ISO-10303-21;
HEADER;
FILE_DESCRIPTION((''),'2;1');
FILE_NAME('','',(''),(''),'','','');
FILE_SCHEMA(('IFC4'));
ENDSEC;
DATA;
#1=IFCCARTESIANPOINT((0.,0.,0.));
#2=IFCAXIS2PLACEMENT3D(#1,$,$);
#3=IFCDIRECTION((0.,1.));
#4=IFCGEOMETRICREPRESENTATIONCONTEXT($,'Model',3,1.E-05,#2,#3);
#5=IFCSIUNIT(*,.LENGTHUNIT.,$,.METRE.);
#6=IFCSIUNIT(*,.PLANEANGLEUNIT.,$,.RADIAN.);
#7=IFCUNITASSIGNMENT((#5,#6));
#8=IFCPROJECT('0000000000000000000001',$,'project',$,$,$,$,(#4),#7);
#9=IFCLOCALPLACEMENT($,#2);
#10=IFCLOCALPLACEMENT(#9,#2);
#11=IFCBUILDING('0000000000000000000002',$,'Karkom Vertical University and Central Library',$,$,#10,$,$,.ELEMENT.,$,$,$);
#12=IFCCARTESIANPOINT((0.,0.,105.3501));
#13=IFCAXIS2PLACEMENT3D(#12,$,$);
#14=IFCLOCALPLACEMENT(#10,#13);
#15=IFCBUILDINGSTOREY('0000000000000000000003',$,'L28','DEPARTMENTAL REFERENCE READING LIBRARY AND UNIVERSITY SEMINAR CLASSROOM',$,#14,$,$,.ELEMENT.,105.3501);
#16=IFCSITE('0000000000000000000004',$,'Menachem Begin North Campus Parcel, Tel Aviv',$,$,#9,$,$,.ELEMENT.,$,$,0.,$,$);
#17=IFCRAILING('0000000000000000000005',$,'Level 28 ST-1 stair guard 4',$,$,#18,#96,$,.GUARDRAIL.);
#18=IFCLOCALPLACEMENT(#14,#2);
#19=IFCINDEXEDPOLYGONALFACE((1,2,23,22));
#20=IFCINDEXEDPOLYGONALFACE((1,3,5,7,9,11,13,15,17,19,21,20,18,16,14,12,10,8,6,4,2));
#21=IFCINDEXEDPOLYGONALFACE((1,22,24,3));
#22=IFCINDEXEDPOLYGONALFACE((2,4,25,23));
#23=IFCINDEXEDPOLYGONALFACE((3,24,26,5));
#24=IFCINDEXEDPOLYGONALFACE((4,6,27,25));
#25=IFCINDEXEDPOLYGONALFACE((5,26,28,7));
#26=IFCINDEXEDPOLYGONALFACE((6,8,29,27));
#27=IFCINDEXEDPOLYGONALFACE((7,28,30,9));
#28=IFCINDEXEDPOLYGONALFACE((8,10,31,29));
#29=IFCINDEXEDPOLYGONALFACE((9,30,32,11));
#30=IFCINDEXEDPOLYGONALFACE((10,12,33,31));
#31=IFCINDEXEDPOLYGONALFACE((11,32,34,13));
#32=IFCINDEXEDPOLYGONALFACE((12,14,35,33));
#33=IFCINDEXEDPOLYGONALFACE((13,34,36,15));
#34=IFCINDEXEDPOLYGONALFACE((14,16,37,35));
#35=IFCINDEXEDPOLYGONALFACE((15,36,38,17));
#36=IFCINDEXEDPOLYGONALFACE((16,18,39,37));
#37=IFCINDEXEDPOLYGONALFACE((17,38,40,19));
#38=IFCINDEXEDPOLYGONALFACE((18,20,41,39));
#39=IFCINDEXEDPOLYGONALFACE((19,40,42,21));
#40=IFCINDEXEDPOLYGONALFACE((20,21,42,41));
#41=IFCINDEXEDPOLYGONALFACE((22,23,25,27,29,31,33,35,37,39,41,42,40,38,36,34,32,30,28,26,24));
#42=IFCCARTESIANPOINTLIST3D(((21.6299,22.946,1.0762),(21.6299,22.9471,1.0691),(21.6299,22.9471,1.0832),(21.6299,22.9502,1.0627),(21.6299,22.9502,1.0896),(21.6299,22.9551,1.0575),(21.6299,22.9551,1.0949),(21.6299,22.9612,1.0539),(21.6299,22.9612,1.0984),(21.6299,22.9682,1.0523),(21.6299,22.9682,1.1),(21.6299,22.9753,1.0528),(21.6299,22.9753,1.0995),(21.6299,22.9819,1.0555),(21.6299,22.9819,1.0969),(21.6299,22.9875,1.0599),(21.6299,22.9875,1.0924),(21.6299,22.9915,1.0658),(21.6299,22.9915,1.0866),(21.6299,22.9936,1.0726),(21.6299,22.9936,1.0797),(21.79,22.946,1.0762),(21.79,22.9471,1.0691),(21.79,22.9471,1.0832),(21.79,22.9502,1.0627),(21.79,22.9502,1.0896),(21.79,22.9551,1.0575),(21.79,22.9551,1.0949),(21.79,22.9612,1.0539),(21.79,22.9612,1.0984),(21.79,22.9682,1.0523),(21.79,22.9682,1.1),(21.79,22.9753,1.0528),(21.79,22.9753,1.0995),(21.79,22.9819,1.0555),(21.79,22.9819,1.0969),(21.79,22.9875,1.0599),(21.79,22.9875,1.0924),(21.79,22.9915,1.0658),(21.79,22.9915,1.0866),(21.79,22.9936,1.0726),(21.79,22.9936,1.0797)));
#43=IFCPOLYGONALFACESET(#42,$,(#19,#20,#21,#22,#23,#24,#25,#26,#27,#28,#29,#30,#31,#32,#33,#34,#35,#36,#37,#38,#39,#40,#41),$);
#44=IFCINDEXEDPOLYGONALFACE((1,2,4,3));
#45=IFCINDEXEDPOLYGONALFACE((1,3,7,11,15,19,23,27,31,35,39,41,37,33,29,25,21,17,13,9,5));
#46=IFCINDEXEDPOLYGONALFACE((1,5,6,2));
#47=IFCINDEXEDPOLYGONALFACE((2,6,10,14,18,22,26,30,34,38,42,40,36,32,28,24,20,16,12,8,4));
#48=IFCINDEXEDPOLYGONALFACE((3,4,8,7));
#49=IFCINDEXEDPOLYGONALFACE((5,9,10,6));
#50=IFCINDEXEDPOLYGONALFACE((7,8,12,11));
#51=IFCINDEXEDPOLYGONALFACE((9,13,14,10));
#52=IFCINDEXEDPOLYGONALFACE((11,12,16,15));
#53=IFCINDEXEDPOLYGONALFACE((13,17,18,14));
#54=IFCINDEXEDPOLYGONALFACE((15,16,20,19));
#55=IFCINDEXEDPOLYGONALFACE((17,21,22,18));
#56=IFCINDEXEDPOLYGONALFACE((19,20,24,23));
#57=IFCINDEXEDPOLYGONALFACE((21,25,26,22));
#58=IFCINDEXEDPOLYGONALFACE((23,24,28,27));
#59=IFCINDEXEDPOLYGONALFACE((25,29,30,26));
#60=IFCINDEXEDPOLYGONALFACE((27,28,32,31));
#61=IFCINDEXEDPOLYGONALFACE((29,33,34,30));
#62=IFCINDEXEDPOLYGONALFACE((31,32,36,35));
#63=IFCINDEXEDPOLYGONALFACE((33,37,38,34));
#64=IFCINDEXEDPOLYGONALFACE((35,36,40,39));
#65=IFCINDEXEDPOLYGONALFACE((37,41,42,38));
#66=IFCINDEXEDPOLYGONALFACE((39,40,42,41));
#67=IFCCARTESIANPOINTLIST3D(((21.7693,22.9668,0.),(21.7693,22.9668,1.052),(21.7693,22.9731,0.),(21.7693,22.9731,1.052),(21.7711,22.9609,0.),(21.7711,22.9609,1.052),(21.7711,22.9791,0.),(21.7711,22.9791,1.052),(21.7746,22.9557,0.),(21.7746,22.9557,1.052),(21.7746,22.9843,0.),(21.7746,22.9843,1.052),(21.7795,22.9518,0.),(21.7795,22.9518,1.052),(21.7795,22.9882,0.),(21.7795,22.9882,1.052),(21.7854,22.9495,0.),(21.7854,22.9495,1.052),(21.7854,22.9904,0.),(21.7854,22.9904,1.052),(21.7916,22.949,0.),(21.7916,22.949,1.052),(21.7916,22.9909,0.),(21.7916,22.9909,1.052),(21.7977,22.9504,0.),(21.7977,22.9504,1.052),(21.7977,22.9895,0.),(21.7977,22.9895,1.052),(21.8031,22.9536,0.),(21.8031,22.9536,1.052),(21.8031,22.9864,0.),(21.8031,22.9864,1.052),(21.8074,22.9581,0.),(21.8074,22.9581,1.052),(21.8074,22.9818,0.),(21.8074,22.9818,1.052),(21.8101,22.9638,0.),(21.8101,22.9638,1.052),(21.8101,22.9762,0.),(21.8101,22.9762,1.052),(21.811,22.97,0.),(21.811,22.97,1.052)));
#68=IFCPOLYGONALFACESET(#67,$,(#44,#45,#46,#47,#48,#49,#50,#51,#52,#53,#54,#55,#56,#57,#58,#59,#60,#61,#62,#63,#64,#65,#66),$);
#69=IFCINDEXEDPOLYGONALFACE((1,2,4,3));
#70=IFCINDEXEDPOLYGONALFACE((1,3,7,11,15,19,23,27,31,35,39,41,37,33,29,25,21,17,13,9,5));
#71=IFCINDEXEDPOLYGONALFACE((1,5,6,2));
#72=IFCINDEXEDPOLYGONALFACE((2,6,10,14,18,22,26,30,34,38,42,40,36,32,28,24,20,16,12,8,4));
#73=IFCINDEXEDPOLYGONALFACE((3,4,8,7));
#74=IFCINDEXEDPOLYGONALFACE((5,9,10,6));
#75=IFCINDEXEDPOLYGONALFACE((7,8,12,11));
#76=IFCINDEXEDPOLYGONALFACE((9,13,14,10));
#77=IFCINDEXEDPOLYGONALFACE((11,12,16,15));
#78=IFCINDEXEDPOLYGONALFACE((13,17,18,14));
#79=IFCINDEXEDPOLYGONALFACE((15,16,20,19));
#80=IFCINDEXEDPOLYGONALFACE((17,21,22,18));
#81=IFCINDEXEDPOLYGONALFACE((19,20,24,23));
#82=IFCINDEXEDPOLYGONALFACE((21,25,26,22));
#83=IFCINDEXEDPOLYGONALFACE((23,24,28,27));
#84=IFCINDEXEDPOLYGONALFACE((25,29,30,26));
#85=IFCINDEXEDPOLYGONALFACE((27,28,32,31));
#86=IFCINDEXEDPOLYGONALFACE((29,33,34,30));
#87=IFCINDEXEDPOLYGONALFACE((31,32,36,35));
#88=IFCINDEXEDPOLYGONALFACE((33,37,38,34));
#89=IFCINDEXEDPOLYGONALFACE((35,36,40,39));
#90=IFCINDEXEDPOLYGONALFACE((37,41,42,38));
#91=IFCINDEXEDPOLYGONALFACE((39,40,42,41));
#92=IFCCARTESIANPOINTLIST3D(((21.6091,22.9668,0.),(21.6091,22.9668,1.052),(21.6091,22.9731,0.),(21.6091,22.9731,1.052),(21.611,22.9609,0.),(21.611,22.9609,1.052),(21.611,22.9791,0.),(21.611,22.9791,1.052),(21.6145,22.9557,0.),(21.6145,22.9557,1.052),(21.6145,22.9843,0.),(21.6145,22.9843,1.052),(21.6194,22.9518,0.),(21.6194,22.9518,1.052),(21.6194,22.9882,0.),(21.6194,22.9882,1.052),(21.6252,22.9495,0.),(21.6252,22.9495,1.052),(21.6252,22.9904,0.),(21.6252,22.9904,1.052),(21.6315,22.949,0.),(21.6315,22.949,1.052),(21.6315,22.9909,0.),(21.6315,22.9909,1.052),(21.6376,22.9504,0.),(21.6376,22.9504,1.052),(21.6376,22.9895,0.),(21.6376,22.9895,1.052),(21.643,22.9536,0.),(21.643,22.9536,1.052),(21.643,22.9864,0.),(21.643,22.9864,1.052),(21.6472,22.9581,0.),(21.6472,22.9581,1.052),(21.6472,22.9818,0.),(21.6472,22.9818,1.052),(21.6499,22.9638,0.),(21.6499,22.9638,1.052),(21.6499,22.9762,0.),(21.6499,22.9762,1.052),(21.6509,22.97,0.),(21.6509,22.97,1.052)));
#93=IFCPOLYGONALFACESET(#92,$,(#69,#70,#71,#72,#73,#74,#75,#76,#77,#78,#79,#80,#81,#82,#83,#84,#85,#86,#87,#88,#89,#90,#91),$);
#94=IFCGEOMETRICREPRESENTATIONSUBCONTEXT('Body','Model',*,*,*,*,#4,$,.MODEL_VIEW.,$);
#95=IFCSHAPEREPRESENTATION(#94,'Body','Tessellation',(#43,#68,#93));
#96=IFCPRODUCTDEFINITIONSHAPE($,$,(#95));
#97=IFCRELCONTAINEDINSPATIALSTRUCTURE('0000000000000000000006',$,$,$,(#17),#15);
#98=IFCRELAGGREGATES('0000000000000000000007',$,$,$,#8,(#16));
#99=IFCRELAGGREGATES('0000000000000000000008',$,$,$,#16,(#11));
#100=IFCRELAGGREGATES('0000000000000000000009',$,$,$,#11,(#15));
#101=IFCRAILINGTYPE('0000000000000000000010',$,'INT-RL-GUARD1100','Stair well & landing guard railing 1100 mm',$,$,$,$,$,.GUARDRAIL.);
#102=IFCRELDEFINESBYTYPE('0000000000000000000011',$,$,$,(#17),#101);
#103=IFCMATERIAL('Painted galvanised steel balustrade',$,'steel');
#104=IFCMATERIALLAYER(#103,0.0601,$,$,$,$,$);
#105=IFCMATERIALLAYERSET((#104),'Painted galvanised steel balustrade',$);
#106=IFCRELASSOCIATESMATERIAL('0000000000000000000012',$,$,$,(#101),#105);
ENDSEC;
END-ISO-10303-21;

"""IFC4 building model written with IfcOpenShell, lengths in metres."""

from ifc_helpers import new_model, si_unit, direction, frame, origin, origin_2d, place, context, subcontext, project, spatial, circle, extrude, material, layer, layer_set, type_object, element, save


model = new_model("IFC4")

# Units and contexts
model_context = context("Model", 3, precision=1e-05, world=origin(), true_north=direction((0.0, 1.0)))
body_context = subcontext(model_context, "Body", "Model", "MODEL_VIEW")
ifc_project = project(units=[si_unit("LENGTHUNIT", "METRE"), si_unit("PLANEANGLEUNIT", "RADIAN")], contexts=[model_context])

# Site, building, storey
site_placement = place(None, origin())
site = spatial("IfcSite", under=ifc_project, at=site_placement, Name="Menachem Begin North Campus Parcel, Tel Aviv", CompositionType="ELEMENT", RefElevation=0.0)
building_placement = place(site_placement, origin())
building = spatial("IfcBuilding", under=site, at=building_placement, Name="Karkom Vertical University and Central Library", CompositionType="ELEMENT")
storey_placement = place(building_placement, frame((0.0, 0.0, 105.3501)))
storey = spatial("IfcBuildingStorey", under=building, at=storey_placement, Name="L28", Description="DEPARTMENTAL REFERENCE READING LIBRARY AND UNIVERSITY SEMINAR CLASSROOM", CompositionType="ELEMENT", Elevation=105.3501)

# Railing
ifc_material_1 = material(Name="Painted galvanised steel balustrade", Category="steel")
ifc_layer_1 = layer(ifc_material_1, 0.0601)
ifc_layer_set_1 = layer_set([ifc_layer_1], Name="Painted galvanised steel balustrade")
railing_type_1 = type_object("IfcRailingType", Name="INT-RL-GUARD1100", Description="Stair well & landing guard railing 1100 mm", PredefinedType="GUARDRAIL", material=ifc_layer_set_1)
railing_1_placement = place(storey_placement, frame((21.79, 22.97, 0.0)))
element("IfcRailing", 1, at=railing_1_placement, inside=storey, type_object=railing_type_1, Name="Level 28 ST-1 stair guard 4", PredefinedType="GUARDRAIL", context=body_context, shape_type="SweptSolid", body=[
    extrude(circle(Radius=0.0239, at=origin_2d()), frame((0.0, 0.0, 1.0762), z_axis=(-1.0, 0.0, 0.0), x_axis=(0.0, -1.0, 0.0)), (0.0, 0.0, 1.0), 0.1602),
    extrude(circle(Radius=0.021, at=origin_2d()), origin(), (0.0, 0.0, 1.0), 1.052),
    extrude(circle(Radius=0.021, at=origin_2d()), frame((-0.1602, 0.0, 0.0)), (0.0, 0.0, 1.0), 1.052),
])

save(model, "model.ifc")
